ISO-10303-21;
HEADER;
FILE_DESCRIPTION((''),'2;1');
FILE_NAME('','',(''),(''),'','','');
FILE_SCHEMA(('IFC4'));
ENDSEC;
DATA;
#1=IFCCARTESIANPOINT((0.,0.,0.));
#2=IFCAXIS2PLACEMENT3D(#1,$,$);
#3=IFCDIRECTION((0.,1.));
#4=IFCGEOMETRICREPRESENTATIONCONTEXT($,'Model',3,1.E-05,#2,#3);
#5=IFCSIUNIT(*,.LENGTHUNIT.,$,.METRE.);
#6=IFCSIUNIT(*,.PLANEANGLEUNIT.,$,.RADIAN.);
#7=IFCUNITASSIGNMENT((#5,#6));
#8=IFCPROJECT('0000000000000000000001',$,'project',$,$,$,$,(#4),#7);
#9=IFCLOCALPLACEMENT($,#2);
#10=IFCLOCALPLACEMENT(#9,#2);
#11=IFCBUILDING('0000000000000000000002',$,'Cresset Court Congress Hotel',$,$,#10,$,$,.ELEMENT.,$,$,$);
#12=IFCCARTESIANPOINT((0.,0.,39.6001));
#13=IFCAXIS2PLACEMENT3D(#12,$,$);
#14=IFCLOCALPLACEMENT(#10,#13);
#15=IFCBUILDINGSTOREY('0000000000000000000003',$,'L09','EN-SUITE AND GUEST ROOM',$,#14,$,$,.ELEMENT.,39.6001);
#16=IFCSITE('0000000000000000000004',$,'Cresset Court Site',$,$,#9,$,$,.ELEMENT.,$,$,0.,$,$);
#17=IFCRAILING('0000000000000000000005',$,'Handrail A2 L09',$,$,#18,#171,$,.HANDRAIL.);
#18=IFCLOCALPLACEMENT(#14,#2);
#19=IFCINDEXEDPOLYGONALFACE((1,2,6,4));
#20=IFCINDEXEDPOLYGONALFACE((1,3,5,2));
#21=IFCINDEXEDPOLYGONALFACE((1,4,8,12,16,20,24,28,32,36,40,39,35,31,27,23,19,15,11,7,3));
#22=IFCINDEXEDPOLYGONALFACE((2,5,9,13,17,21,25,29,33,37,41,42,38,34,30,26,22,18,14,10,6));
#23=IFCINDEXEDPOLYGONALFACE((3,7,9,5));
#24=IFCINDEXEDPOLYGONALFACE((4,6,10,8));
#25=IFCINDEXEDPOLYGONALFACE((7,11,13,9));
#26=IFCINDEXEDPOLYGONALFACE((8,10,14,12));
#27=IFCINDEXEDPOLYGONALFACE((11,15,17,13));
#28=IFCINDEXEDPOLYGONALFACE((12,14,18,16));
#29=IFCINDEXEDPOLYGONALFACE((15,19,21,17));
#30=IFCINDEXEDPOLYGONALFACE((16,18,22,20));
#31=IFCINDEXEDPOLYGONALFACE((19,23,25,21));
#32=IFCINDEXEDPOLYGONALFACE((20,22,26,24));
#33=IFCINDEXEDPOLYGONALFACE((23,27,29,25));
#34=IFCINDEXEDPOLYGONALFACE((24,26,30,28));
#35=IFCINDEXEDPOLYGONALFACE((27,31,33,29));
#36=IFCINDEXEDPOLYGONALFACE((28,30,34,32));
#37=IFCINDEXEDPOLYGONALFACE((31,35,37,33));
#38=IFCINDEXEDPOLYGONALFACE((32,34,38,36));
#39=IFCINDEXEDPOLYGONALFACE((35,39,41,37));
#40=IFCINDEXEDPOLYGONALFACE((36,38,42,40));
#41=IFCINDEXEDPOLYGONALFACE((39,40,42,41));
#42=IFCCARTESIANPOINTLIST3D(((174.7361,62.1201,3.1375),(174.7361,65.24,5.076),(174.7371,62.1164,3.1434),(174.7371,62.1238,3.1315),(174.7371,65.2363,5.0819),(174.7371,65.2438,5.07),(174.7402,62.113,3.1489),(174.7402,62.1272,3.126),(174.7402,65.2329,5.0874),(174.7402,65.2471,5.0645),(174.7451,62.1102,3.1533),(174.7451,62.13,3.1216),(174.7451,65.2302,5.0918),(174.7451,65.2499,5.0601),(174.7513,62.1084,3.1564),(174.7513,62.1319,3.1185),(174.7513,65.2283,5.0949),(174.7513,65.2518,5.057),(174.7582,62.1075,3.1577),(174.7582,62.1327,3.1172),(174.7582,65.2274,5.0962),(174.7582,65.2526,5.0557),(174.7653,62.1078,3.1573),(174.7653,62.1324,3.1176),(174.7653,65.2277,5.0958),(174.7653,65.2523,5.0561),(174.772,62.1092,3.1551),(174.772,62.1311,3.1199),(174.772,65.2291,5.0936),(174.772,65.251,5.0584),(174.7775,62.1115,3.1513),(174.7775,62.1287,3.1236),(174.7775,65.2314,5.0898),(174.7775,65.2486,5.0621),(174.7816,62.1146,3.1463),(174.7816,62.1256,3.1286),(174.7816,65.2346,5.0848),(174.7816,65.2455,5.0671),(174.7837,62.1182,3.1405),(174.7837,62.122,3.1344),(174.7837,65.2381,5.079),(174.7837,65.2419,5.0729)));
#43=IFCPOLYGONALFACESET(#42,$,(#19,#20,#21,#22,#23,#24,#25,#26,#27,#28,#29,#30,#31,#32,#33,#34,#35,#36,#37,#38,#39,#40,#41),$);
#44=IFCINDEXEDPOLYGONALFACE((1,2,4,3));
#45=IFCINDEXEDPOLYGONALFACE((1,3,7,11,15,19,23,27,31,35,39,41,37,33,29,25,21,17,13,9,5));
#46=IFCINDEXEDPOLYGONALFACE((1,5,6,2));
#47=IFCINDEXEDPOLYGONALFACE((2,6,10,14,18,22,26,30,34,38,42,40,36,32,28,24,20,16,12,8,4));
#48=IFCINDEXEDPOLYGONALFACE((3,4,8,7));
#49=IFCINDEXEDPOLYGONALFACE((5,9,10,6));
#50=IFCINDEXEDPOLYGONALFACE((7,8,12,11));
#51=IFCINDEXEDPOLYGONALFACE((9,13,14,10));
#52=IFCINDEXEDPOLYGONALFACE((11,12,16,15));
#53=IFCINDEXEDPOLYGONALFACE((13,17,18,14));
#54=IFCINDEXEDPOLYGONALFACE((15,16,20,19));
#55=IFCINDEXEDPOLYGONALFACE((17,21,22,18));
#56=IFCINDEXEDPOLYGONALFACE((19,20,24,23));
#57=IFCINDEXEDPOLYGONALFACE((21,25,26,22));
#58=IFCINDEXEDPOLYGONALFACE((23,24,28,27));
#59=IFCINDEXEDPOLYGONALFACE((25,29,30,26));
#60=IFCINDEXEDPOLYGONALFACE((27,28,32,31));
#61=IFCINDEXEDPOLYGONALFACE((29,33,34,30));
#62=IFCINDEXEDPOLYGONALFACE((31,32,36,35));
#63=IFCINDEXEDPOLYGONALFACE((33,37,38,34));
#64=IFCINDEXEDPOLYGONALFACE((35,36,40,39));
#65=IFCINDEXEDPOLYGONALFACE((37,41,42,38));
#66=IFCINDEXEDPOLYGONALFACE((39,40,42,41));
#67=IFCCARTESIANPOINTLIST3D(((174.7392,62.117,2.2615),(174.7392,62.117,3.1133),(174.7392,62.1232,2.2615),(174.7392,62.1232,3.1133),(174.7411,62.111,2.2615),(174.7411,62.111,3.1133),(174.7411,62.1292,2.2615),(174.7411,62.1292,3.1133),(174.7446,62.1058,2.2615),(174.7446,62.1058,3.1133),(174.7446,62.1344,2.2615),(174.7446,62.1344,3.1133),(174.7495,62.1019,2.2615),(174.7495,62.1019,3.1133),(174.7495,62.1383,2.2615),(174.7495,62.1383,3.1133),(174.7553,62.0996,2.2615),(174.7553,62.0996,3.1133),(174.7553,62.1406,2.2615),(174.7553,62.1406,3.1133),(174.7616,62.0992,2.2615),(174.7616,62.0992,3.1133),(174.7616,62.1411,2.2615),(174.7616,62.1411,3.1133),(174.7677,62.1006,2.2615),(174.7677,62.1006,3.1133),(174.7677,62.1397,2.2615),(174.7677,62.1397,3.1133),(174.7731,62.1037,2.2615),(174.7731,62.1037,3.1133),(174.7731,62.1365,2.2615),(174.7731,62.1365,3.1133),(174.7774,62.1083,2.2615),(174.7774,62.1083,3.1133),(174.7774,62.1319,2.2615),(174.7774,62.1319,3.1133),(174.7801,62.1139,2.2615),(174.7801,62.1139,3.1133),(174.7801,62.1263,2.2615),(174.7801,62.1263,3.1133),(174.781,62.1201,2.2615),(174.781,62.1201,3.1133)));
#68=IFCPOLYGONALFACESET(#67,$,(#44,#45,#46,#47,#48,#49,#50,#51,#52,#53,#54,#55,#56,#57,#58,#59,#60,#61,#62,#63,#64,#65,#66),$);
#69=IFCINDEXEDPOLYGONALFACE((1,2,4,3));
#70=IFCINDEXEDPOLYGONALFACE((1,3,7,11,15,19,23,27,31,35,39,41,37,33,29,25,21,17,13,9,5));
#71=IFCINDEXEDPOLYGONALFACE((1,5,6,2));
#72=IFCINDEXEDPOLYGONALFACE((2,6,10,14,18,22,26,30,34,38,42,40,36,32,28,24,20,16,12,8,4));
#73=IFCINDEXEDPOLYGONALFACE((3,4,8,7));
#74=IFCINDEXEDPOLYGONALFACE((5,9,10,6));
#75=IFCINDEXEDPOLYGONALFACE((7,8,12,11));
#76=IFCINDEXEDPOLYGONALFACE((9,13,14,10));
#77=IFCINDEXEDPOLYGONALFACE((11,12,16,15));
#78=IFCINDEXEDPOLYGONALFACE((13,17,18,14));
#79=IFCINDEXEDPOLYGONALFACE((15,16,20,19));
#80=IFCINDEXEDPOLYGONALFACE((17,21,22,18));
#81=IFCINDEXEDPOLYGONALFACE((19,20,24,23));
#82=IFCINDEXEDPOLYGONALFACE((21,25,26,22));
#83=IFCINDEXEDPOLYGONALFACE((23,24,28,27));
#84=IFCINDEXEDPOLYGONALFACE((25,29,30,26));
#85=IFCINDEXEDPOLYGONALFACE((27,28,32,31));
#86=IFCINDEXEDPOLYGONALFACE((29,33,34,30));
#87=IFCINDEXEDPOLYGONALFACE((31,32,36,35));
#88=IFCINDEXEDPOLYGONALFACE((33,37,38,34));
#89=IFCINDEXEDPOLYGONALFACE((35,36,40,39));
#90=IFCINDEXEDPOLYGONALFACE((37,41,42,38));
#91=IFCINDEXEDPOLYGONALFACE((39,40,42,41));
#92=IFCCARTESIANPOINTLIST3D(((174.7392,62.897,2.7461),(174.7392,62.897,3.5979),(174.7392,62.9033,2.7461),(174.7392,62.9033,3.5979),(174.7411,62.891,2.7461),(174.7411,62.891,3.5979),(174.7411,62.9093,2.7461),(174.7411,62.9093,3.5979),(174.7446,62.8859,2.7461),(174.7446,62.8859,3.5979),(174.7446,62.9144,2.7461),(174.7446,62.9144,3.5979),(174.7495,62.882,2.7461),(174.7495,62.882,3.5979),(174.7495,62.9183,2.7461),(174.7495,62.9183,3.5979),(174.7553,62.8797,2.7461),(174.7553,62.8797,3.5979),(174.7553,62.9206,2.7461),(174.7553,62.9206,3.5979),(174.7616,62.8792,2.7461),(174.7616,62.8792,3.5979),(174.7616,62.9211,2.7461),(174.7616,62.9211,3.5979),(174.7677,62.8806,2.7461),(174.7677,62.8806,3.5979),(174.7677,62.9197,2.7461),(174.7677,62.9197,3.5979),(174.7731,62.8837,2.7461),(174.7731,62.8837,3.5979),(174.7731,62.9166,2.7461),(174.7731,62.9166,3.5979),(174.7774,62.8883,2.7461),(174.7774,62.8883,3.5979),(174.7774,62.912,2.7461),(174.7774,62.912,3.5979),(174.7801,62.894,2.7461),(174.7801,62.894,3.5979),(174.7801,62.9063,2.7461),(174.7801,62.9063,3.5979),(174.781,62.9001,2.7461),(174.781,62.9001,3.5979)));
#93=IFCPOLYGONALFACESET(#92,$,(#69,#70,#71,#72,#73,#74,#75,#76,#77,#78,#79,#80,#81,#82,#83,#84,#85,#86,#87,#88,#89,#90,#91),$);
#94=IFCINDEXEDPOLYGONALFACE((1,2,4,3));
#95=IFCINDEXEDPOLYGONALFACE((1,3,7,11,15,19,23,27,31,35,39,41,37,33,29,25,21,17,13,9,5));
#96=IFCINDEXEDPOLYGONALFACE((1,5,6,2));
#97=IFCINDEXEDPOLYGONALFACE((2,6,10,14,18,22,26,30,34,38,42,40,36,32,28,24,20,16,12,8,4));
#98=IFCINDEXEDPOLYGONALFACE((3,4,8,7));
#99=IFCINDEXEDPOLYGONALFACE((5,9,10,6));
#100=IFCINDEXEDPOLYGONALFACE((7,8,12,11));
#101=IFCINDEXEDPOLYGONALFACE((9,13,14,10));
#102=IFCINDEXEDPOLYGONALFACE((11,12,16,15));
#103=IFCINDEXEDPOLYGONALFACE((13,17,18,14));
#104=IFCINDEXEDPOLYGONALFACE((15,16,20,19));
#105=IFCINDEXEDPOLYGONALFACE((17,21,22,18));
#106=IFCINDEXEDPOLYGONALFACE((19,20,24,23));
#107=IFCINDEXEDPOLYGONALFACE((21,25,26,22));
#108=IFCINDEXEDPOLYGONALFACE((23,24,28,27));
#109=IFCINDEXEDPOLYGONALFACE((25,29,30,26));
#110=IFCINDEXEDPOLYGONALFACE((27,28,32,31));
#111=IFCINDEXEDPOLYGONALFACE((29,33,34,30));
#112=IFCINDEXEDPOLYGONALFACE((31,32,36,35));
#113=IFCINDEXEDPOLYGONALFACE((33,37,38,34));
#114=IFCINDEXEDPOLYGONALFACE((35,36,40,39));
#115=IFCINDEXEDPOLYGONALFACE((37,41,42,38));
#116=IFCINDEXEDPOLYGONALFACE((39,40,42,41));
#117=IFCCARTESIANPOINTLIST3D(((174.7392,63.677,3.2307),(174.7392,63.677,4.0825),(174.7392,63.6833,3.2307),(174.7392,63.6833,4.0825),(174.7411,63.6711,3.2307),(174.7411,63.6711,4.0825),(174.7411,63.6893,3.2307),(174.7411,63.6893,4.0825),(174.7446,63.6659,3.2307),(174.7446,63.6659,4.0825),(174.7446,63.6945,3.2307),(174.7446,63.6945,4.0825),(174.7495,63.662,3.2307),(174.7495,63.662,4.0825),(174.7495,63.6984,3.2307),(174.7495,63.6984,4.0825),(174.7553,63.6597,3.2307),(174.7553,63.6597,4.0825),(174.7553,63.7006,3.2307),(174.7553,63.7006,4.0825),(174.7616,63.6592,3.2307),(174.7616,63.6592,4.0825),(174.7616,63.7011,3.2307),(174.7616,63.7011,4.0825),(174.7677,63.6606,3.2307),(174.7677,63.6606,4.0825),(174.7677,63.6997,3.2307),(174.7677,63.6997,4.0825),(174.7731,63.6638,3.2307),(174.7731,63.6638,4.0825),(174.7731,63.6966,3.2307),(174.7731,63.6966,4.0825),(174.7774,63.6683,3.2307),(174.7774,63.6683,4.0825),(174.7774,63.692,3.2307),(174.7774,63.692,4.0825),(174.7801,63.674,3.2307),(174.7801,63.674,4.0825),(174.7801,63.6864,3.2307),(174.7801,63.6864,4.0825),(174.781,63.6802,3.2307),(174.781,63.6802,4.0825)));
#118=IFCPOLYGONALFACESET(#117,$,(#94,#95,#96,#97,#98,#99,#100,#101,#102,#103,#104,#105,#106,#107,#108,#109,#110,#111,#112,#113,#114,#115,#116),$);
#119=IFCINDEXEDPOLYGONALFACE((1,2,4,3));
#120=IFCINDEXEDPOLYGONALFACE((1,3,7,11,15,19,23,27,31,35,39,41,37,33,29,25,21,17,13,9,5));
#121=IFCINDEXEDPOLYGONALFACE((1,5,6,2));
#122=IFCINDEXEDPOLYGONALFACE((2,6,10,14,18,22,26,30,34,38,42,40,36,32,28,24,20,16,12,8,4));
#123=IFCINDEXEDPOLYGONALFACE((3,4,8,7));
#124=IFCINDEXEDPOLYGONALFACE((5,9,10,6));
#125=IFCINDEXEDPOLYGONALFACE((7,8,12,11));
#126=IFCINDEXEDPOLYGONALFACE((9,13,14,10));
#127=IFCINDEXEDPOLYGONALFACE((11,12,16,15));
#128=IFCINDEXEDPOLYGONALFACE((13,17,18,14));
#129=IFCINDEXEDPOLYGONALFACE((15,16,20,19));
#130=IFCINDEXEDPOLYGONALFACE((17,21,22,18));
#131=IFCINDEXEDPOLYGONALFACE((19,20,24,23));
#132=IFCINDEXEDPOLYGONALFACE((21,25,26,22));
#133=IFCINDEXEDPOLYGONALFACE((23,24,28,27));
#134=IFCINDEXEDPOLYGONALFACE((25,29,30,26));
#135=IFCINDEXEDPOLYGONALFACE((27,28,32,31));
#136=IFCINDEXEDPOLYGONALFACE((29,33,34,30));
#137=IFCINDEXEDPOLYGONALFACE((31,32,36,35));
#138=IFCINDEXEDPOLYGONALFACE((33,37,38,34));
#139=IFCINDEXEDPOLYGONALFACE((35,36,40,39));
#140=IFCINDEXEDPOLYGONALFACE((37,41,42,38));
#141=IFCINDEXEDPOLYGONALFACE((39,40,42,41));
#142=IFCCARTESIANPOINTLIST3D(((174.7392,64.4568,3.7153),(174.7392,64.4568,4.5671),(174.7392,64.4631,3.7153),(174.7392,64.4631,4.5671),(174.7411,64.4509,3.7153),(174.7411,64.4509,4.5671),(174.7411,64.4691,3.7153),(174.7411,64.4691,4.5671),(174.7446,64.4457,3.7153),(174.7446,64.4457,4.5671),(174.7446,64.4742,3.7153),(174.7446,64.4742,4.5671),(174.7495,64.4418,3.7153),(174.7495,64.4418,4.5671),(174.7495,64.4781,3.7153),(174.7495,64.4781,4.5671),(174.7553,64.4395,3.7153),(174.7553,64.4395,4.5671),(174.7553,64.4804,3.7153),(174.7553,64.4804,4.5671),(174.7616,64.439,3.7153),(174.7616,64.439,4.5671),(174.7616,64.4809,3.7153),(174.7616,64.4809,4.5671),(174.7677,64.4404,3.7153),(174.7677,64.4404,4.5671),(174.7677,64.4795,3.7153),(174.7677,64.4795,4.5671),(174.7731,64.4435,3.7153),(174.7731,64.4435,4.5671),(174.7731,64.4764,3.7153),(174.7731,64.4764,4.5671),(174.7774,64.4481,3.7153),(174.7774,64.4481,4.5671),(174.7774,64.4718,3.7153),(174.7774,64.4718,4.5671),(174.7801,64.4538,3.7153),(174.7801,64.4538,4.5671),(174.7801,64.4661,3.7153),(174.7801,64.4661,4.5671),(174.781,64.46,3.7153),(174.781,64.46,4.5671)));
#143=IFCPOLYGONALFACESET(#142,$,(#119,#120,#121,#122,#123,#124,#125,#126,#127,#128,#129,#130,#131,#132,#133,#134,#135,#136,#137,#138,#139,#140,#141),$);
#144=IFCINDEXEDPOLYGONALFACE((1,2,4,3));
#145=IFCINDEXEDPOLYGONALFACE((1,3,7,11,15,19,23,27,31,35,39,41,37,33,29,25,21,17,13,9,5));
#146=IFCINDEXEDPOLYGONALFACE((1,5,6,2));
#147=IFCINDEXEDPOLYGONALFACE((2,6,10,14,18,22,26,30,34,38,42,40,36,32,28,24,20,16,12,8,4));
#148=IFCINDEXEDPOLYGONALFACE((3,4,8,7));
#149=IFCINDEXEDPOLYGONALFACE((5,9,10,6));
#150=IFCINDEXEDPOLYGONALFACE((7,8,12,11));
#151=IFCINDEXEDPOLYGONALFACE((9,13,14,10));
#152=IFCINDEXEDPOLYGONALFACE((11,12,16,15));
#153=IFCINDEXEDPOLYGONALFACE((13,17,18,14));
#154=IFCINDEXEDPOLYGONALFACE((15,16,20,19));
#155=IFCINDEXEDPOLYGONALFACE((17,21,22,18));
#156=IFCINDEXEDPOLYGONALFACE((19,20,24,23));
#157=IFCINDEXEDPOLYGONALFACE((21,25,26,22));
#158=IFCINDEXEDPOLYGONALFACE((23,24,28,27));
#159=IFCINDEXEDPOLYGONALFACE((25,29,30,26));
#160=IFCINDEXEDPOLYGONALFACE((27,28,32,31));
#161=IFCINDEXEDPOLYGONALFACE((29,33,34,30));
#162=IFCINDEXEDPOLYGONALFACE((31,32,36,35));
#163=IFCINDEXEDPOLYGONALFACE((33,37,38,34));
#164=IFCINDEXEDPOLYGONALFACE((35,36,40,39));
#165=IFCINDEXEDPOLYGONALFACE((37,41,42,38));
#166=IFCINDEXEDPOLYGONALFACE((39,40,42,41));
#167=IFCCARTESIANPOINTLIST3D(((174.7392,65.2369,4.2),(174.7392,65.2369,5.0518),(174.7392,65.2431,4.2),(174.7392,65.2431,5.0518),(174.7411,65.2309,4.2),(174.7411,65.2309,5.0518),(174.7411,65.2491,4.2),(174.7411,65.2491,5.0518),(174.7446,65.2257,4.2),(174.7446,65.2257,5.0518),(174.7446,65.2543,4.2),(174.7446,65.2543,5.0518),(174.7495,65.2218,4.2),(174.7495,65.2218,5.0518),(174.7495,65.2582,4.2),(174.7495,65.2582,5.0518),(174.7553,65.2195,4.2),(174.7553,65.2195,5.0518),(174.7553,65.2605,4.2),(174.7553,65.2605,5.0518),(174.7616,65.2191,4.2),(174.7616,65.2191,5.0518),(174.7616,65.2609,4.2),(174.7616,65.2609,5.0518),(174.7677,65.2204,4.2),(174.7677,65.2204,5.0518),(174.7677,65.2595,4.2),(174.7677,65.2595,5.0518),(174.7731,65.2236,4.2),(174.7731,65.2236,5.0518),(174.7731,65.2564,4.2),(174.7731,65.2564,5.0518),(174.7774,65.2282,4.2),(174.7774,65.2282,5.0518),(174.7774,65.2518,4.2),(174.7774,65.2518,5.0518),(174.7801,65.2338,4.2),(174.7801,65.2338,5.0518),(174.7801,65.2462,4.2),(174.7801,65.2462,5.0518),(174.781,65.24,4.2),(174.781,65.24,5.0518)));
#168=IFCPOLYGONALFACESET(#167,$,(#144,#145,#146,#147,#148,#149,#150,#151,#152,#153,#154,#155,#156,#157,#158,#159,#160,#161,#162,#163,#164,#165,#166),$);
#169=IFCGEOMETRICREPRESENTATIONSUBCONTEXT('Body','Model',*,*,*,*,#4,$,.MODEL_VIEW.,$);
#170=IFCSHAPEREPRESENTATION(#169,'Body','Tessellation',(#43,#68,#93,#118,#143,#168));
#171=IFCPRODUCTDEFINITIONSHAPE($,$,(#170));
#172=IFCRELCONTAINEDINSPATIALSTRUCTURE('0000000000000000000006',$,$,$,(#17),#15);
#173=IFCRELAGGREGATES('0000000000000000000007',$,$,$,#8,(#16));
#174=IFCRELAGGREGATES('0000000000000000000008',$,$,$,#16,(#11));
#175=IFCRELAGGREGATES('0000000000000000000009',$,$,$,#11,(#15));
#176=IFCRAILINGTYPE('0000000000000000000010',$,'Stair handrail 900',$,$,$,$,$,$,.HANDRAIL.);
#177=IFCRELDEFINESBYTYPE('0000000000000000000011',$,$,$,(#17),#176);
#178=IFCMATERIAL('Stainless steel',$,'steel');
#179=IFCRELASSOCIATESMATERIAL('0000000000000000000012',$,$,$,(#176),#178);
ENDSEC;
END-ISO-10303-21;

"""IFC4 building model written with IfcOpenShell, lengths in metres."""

from ifc_helpers import new_model, si_unit, direction, frame, origin, origin_2d, place, context, subcontext, project, spatial, circle, extrude, material, type_object, element, save


model = new_model("IFC4")

# Units and contexts
model_context = context("Model", 3, precision=1e-05, world=origin(), true_north=direction((0.0, 1.0)))
body_context = subcontext(model_context, "Body", "Model", "MODEL_VIEW")
ifc_project = project(units=[si_unit("LENGTHUNIT", "METRE"), si_unit("PLANEANGLEUNIT", "RADIAN")], contexts=[model_context])

# Site, building, storey
site_placement = place(None, origin())
site = spatial("IfcSite", under=ifc_project, at=site_placement, Name="Cresset Court Site", CompositionType="ELEMENT", RefElevation=0.0)
building_placement = place(site_placement, origin())
building = spatial("IfcBuilding", under=site, at=building_placement, Name="Cresset Court Congress Hotel", CompositionType="ELEMENT")
storey_placement = place(building_placement, frame((0.0, 0.0, 39.6001)))
storey = spatial("IfcBuildingStorey", under=building, at=storey_placement, Name="L09", Description="EN-SUITE AND GUEST ROOM", CompositionType="ELEMENT", Elevation=39.6001)

# Railing
ifc_material_1 = material(Name="Stainless steel", Category="steel")
railing_type_1 = type_object("IfcRailingType", Name="Stair handrail 900", PredefinedType="HANDRAIL", material=ifc_material_1)
railing_1_placement = place(storey_placement, frame((174.76, 62.1201, 2.2615)))
element("IfcRailing", 1, at=railing_1_placement, inside=storey, type_object=railing_type_1, Name="Handrail A2 L09", PredefinedType="HANDRAIL", context=body_context, shape_type="SweptSolid", body=[
    extrude(circle(Radius=0.0239, at=origin_2d()), frame((0.0, 0.0, 0.876), z_axis=(0.0, 0.849396, 0.527757), x_axis=(-1.0, 0.0, 0.0)), (0.0, 0.0, 1.0), 3.6731),
    extrude(circle(Radius=0.021, at=origin_2d()), origin(), (0.0, 0.0, 1.0), 0.8518),
    extrude(circle(Radius=0.021, at=origin_2d()), frame((0.0, 0.78, 0.4846)), (0.0, 0.0, 1.0), 0.8518),
    extrude(circle(Radius=0.021, at=origin_2d()), frame((0.0, 1.5601, 0.9692)), (0.0, 0.0, 1.0), 0.8518),
    extrude(circle(Radius=0.021, at=origin_2d()), frame((0.0, 2.3398, 1.4539)), (0.0, 0.0, 1.0), 0.8518),
    extrude(circle(Radius=0.021, at=origin_2d()), frame((0.0, 3.1199, 1.9385)), (0.0, 0.0, 1.0), 0.8518),
])

save(model, "model.ifc")
